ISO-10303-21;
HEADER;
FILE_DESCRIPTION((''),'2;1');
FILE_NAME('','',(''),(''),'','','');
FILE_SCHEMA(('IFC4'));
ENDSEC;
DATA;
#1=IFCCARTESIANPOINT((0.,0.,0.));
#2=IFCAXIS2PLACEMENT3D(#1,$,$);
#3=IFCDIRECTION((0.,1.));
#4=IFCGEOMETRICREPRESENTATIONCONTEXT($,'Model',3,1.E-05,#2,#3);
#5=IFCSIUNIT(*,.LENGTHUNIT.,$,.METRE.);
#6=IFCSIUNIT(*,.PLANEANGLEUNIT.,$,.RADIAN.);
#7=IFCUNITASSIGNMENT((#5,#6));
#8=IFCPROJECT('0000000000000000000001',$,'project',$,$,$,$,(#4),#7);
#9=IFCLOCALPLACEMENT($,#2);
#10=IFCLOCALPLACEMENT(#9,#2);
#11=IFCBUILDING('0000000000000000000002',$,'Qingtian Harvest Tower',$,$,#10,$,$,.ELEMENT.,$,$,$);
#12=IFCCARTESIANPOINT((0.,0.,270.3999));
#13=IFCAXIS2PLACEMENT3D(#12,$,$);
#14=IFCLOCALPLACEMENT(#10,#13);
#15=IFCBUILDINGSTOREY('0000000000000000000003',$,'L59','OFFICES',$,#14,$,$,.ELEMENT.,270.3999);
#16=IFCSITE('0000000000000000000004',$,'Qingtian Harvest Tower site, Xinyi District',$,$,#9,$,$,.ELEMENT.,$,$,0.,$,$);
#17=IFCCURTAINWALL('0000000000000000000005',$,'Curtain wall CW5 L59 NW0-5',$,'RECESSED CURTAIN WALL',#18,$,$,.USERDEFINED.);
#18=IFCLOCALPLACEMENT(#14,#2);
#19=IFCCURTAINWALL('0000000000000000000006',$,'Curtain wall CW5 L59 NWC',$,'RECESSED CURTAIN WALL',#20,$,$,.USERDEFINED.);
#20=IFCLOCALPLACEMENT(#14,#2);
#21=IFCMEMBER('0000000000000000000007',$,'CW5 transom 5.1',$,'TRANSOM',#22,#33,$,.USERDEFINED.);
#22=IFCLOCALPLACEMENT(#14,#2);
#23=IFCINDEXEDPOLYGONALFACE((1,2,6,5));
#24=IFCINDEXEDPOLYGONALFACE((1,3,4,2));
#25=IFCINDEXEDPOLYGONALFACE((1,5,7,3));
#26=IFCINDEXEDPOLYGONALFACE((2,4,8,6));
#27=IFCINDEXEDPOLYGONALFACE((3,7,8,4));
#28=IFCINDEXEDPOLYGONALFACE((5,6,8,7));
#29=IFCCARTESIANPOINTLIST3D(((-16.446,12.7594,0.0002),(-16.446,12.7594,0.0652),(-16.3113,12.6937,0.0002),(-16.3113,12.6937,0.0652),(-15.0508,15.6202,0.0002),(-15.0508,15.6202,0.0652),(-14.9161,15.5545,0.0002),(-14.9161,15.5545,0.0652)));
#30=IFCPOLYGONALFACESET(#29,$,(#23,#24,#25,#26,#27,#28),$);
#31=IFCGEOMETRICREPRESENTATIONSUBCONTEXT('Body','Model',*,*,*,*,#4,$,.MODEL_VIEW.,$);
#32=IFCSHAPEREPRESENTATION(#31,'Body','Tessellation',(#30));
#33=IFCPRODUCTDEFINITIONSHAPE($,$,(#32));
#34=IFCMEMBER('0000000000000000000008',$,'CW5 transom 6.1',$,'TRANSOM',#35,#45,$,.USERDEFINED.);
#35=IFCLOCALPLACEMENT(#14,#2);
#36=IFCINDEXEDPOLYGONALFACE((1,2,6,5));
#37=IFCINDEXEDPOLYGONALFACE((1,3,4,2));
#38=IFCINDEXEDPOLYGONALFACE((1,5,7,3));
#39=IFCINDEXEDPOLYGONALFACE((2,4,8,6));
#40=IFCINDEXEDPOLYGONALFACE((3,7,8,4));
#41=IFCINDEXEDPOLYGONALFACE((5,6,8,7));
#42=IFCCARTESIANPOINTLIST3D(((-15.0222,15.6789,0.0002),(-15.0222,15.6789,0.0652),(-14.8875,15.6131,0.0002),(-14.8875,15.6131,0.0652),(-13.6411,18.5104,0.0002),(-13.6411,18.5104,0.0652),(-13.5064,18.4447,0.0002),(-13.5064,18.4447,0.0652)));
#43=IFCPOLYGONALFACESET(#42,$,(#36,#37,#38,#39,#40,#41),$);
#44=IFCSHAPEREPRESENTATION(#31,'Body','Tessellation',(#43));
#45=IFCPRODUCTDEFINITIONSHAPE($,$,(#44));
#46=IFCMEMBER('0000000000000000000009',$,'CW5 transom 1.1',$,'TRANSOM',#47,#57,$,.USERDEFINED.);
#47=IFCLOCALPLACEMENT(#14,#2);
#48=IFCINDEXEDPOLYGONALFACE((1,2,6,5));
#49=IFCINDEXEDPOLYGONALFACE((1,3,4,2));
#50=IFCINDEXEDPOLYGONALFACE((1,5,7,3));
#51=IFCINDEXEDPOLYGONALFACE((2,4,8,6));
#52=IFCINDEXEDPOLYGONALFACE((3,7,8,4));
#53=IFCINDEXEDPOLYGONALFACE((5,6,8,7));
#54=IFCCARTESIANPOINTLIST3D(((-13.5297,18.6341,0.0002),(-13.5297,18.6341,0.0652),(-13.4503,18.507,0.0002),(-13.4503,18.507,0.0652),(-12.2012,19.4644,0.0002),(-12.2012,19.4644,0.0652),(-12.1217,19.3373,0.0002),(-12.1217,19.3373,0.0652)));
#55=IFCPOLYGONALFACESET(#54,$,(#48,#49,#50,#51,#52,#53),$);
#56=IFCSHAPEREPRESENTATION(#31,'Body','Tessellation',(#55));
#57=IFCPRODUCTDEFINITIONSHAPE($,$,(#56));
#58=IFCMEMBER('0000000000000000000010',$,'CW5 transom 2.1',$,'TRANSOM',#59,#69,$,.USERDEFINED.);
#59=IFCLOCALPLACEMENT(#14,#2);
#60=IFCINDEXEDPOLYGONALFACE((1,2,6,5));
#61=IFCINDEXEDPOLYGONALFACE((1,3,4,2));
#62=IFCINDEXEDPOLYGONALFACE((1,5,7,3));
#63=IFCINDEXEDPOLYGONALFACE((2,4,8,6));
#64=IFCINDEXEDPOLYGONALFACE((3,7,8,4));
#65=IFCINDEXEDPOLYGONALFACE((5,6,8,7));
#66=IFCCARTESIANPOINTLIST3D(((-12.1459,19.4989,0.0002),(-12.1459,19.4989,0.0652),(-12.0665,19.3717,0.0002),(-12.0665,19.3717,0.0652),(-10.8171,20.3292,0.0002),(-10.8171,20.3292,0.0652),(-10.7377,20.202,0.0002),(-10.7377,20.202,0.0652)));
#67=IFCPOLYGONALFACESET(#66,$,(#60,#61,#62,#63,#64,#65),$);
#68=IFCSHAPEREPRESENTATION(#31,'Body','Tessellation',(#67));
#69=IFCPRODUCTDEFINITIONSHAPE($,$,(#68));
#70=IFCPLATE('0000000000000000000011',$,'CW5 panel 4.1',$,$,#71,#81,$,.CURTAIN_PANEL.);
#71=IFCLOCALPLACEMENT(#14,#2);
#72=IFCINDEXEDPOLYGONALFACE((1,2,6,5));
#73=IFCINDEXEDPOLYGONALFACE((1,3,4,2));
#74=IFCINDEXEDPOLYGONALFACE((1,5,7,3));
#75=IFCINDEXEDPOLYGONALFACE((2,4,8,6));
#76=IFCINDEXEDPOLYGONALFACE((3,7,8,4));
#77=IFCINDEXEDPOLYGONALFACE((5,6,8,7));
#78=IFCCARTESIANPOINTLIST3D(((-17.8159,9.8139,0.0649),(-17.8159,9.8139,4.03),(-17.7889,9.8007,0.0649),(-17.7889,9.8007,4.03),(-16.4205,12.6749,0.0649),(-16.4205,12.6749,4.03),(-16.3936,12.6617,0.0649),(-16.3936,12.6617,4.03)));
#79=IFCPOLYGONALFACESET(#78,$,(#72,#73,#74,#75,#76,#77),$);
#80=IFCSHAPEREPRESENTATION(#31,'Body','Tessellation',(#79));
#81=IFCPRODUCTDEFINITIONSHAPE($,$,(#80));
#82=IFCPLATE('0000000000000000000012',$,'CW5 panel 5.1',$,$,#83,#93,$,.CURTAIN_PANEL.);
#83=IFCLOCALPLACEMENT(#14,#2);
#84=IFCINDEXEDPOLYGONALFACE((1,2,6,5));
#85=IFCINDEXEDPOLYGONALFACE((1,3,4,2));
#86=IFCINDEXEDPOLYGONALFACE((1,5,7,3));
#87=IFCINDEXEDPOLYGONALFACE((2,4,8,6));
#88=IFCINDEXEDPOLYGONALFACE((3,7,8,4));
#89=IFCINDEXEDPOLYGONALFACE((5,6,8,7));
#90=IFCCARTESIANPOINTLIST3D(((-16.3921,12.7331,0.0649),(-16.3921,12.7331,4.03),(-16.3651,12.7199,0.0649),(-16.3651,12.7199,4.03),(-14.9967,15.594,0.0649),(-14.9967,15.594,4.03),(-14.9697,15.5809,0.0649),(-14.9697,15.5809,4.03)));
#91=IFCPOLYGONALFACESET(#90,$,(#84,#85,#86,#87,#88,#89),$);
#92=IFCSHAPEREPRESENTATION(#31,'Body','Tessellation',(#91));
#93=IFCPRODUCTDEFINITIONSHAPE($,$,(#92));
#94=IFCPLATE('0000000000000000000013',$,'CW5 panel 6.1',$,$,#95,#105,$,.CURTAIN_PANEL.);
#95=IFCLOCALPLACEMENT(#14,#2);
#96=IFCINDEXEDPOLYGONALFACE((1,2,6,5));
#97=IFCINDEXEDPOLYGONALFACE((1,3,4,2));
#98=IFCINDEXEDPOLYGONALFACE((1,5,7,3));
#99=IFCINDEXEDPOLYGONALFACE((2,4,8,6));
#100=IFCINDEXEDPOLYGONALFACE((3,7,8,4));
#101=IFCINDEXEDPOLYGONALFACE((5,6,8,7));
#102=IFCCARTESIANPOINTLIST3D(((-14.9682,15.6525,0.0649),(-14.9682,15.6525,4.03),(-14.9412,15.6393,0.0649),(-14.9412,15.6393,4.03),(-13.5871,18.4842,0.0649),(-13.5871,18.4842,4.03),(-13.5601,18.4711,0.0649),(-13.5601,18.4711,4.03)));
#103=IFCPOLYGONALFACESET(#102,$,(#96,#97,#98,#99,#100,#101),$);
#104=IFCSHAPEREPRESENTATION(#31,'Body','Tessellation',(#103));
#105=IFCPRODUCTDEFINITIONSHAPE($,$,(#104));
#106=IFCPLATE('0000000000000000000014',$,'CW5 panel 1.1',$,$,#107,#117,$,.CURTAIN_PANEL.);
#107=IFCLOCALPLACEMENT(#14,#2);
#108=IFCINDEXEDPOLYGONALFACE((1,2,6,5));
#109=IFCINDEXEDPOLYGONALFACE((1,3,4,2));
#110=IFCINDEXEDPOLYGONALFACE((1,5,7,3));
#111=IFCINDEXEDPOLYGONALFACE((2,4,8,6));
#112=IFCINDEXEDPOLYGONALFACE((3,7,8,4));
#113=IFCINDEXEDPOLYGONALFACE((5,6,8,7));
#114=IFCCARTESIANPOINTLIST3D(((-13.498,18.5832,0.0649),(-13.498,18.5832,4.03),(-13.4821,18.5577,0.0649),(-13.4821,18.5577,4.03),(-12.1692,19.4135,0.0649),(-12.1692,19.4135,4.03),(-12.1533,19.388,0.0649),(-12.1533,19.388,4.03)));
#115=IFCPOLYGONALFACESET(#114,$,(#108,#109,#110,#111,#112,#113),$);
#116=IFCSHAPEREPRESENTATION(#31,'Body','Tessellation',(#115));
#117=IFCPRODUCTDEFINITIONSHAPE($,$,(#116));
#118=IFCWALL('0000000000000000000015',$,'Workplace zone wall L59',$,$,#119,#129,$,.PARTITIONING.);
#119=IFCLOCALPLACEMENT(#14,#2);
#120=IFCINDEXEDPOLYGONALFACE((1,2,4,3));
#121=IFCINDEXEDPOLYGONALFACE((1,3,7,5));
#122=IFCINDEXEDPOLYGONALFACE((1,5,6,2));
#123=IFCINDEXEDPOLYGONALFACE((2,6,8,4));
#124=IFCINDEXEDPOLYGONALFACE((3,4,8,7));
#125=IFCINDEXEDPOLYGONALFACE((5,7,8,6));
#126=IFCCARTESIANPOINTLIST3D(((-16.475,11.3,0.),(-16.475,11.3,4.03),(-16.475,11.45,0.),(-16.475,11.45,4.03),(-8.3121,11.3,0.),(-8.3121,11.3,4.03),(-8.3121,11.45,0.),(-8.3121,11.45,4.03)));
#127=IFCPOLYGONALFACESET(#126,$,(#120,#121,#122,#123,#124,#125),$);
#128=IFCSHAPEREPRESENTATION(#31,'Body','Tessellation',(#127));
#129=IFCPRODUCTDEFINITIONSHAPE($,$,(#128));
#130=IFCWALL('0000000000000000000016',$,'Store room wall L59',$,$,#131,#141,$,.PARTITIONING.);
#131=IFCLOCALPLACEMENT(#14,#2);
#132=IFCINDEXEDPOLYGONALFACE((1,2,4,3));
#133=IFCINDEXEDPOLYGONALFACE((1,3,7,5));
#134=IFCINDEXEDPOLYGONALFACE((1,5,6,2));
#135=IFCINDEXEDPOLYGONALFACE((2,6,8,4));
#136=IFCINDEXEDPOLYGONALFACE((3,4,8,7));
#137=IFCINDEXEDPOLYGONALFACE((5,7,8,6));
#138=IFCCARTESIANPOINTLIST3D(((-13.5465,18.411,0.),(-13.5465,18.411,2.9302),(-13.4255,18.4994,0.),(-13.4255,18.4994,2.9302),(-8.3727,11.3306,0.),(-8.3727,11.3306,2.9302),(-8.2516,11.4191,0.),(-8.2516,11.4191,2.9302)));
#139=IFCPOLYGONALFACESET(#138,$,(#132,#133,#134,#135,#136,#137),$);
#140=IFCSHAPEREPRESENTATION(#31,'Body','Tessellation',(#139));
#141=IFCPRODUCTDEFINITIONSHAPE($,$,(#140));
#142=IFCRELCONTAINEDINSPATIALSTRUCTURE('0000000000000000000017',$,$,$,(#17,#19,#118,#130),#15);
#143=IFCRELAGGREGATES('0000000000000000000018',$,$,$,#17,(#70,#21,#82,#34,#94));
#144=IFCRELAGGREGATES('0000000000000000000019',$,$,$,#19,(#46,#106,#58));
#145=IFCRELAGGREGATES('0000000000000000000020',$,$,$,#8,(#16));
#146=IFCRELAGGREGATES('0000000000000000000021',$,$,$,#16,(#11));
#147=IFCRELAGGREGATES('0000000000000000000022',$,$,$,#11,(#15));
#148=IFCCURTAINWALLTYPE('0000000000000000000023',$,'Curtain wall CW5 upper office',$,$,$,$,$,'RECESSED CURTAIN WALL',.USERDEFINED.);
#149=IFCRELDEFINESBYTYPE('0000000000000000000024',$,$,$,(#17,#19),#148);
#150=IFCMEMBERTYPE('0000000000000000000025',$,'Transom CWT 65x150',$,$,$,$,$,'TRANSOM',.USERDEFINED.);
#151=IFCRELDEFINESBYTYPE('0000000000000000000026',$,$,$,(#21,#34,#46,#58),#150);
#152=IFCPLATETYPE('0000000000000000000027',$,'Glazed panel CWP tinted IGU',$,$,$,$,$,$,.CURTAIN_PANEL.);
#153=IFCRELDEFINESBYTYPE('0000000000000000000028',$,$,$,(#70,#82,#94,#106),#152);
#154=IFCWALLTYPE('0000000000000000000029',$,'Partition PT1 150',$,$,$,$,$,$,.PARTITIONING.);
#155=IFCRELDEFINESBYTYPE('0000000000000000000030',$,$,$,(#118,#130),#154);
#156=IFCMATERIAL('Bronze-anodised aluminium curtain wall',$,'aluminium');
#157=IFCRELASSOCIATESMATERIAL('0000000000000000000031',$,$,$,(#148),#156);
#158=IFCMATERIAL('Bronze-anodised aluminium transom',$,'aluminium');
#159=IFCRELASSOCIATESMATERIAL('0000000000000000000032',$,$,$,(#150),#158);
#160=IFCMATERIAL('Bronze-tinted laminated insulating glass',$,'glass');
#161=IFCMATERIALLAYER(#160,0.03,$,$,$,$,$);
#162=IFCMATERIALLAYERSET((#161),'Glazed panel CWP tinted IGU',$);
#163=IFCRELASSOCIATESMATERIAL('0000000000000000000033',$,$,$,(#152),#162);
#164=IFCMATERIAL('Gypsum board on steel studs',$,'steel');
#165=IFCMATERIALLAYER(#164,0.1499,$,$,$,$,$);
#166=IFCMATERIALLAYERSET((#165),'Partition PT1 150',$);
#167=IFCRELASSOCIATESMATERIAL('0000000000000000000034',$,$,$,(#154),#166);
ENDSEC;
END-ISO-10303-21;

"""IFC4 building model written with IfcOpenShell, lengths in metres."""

from ifc_helpers import new_model, si_unit, direction, frame, frame_2d, origin, origin_2d, place, context, subcontext, project, spatial, rectangle, extrude, material, layer, layer_set, material_profile, profile_set, type_object, element, aggregate, save


model = new_model("IFC4")

# Units and contexts
model_context = context("Model", 3, precision=1e-05, world=origin(), true_north=direction((0.0, 1.0)))
body_context = subcontext(model_context, "Body", "Model", "MODEL_VIEW")
ifc_project = project(units=[si_unit("LENGTHUNIT", "METRE"), si_unit("PLANEANGLEUNIT", "RADIAN")], contexts=[model_context])

# Site, building, storey
site_placement = place(None, origin())
site = spatial("IfcSite", under=ifc_project, at=site_placement, Name="Qingtian Harvest Tower site, Xinyi District", CompositionType="ELEMENT", RefElevation=0.0)
building_placement = place(site_placement, origin())
building = spatial("IfcBuilding", under=site, at=building_placement, Name="Qingtian Harvest Tower", CompositionType="ELEMENT")
storey_placement = place(building_placement, frame((0.0, 0.0, 270.3999)))
storey = spatial("IfcBuildingStorey", under=building, at=storey_placement, Name="L59", Description="OFFICES", CompositionType="ELEMENT", Elevation=270.3999)

# Curtain walls
ifc_material_1 = material(Name="Bronze-anodised aluminium curtain wall", Category="aluminium")
curtain_wall_type = type_object("IfcCurtainWallType", Name="Curtain wall CW5 upper office", ElementType="RECESSED CURTAIN WALL", PredefinedType="USERDEFINED", material=ifc_material_1)
curtain_wall_1_placement = place(storey_placement, origin())
curtain_wall_1 = element("IfcCurtainWall", 1, at=curtain_wall_1_placement, inside=storey, type_object=curtain_wall_type, Name="Curtain wall CW5 L59 NW0-5", ObjectType="RECESSED CURTAIN WALL", PredefinedType="USERDEFINED")
curtain_wall_2_placement = place(storey_placement, origin())
curtain_wall_2 = element("IfcCurtainWall", 2, at=curtain_wall_2_placement, inside=storey, type_object=curtain_wall_type, Name="Curtain wall CW5 L59 NWC", ObjectType="RECESSED CURTAIN WALL", PredefinedType="USERDEFINED")

# Members
ifc_material_2 = material(Name="Bronze-anodised aluminium transom", Category="aluminium")
ifc_material_profile_1 = material_profile(ifc_material_2, rectangle(XDim=0.1499, YDim=0.0649, at=origin_2d()), Name="AL 65x150")
ifc_profile_set_1 = profile_set([ifc_material_profile_1], Name="Bronze-anodised aluminium transom")
member_type_1 = type_object("IfcMemberType", Name="Transom CWT 65x150", ElementType="TRANSOM", PredefinedType="USERDEFINED", material=ifc_profile_set_1)
member_1_placement = place(storey_placement, frame((-16.3787, 12.7266, 0.0327), z_axis=(0.438356, 0.898802, 0.0), x_axis=(-0.898802, 0.438356, 0.0)))
member_1 = element("IfcMember", 3, at=member_1_placement, type_object=member_type_1, Name="CW5 transom 5.1", ObjectType="TRANSOM", PredefinedType="USERDEFINED", context=body_context, shape_type="SweptSolid", body=[
    extrude(rectangle(XDim=0.1499, YDim=0.0649, at=origin_2d()), origin(), (0.0, 0.0, 1.0), 3.1829),
])
member_2_placement = place(storey_placement, frame((-14.9548, 15.646, 0.0327), z_axis=(0.438389, 0.898786, 0.0), x_axis=(-0.898786, 0.438389, 0.0)))
member_2 = element("IfcMember", 4, at=member_2_placement, type_object=member_type_1, Name="CW5 transom 6.1", ObjectType="TRANSOM", PredefinedType="USERDEFINED", context=body_context, shape_type="SweptSolid", body=[
    extrude(rectangle(XDim=0.1499, YDim=0.0649, at=origin_2d()), origin(), (0.0, 0.0, 1.0), 3.1504),
])
member_3_placement = place(storey_placement, frame((-13.49, 18.5706, 0.0327), z_axis=(0.848016, 0.529971, 0.0), x_axis=(-0.529971, 0.848016, 0.0)))
member_3 = element("IfcMember", 5, at=member_3_placement, type_object=member_type_1, Name="CW5 transom 1.1", ObjectType="TRANSOM", PredefinedType="USERDEFINED", context=body_context, shape_type="SweptSolid", body=[
    extrude(rectangle(XDim=0.1499, YDim=0.0649, at=origin_2d()), origin(), (0.0, 0.0, 1.0), 1.5667),
])
member_4_placement = place(storey_placement, frame((-12.1062, 19.4353, 0.0327), z_axis=(0.84806, 0.529901, 0.0), x_axis=(-0.529901, 0.84806, 0.0)))
member_4 = element("IfcMember", 6, at=member_4_placement, type_object=member_type_1, Name="CW5 transom 2.1", ObjectType="TRANSOM", PredefinedType="USERDEFINED", context=body_context, shape_type="SweptSolid", body=[
    extrude(rectangle(XDim=0.1499, YDim=0.0649, at=origin_2d()), origin(), (0.0, 0.0, 1.0), 1.5669),
])

# Plates
ifc_material_3 = material(Name="Bronze-tinted laminated insulating glass", Category="glass")
ifc_layer_1 = layer(ifc_material_3, 0.03)
ifc_layer_set_1 = layer_set([ifc_layer_1], Name="Glazed panel CWP tinted IGU")
plate_type = type_object("IfcPlateType", Name="Glazed panel CWP tinted IGU", PredefinedType="CURTAIN_PANEL", material=ifc_layer_set_1)
plate_1_placement = place(storey_placement, frame((-17.1047, 11.2378, 0.0649), z_axis=(0.0, 0.0, 1.0), x_axis=(0.438371, 0.898794, 0.0)))
plate_1 = element("IfcPlate", 7, at=plate_1_placement, type_object=plate_type, Name="CW5 panel 4.1", PredefinedType="CURTAIN_PANEL", context=body_context, shape_type="SweptSolid", body=[
    extrude(rectangle(XDim=3.1831, YDim=0.03, at=origin_2d()), origin(), (0.0, 0.0, 1.0), 3.9651),
])
plate_2_placement = place(storey_placement, frame((-15.6809, 14.157, 0.0649), z_axis=(0.0, 0.0, 1.0), x_axis=(0.438371, 0.898794, 0.0)))
plate_2 = element("IfcPlate", 8, at=plate_2_placement, type_object=plate_type, Name="CW5 panel 5.1", PredefinedType="CURTAIN_PANEL", context=body_context, shape_type="SweptSolid", body=[
    extrude(rectangle(XDim=3.1831, YDim=0.03, at=origin_2d()), origin(), (0.0, 0.0, 1.0), 3.9651),
])
plate_3_placement = place(storey_placement, frame((-14.2642, 17.0618, 0.0649), z_axis=(0.0, 0.0, 1.0), x_axis=(0.438371, 0.898794, 0.0)))
plate_3 = element("IfcPlate", 9, at=plate_3_placement, type_object=plate_type, Name="CW5 panel 6.1", PredefinedType="CURTAIN_PANEL", context=body_context, shape_type="SweptSolid", body=[
    extrude(rectangle(XDim=3.1506, YDim=0.03, at=origin_2d()), origin(), (0.0, 0.0, 1.0), 3.9651),
])
aggregate(curtain_wall_1, [plate_1, member_1, plate_2, member_2, plate_3])
plate_4_placement = place(storey_placement, frame((-12.8257, 18.9856, 0.0649), z_axis=(0.0, 0.0, 1.0), x_axis=(0.848048, 0.529919, 0.0)))
plate_4 = element("IfcPlate", 10, at=plate_4_placement, type_object=plate_type, Name="CW5 panel 1.1", PredefinedType="CURTAIN_PANEL", context=body_context, shape_type="SweptSolid", body=[
    extrude(rectangle(XDim=1.5669, YDim=0.03, at=origin_2d()), origin(), (0.0, 0.0, 1.0), 3.9651),
])
aggregate(curtain_wall_2, [member_3, plate_4, member_4])

# Walls
ifc_material_4 = material(Name="Gypsum board on steel studs", Category="steel")
ifc_layer_2 = layer(ifc_material_4, 0.1499)
ifc_layer_set_2 = layer_set([ifc_layer_2], Name="Partition PT1 150")
wall_type = type_object("IfcWallType", Name="Partition PT1 150", PredefinedType="PARTITIONING", material=ifc_layer_set_2)
wall_1_placement = place(storey_placement, frame((-16.4751, 11.375, 0.0), z_axis=(0.0, 0.0, 1.0), x_axis=(1.0, 0.0, 0.0)))
element("IfcWall", 11, at=wall_1_placement, inside=storey, type_object=wall_type, Name="Workplace zone wall L59", PredefinedType="PARTITIONING", context=body_context, shape_type="SweptSolid", body=[
    extrude(rectangle(XDim=8.1628, YDim=0.1499, at=frame_2d((4.0815, 0.0))), origin(), (0.0, 0.0, 1.0), 4.03),
])
wall_2_placement = place(storey_placement, frame((-13.4861, 18.4553, 0.0), z_axis=(0.0, 0.0, 1.0), x_axis=(0.589998, -0.807405, 0.0)))
element("IfcWall", 12, at=wall_2_placement, inside=storey, type_object=wall_type, Name="Store room wall L59", PredefinedType="PARTITIONING", context=body_context, shape_type="SweptSolid", body=[
    extrude(rectangle(XDim=8.7693, YDim=0.1499, at=frame_2d((4.3848, 0.0))), origin(), (0.0, 0.0, 1.0), 2.9302),
])

save(model, "model.ifc")
